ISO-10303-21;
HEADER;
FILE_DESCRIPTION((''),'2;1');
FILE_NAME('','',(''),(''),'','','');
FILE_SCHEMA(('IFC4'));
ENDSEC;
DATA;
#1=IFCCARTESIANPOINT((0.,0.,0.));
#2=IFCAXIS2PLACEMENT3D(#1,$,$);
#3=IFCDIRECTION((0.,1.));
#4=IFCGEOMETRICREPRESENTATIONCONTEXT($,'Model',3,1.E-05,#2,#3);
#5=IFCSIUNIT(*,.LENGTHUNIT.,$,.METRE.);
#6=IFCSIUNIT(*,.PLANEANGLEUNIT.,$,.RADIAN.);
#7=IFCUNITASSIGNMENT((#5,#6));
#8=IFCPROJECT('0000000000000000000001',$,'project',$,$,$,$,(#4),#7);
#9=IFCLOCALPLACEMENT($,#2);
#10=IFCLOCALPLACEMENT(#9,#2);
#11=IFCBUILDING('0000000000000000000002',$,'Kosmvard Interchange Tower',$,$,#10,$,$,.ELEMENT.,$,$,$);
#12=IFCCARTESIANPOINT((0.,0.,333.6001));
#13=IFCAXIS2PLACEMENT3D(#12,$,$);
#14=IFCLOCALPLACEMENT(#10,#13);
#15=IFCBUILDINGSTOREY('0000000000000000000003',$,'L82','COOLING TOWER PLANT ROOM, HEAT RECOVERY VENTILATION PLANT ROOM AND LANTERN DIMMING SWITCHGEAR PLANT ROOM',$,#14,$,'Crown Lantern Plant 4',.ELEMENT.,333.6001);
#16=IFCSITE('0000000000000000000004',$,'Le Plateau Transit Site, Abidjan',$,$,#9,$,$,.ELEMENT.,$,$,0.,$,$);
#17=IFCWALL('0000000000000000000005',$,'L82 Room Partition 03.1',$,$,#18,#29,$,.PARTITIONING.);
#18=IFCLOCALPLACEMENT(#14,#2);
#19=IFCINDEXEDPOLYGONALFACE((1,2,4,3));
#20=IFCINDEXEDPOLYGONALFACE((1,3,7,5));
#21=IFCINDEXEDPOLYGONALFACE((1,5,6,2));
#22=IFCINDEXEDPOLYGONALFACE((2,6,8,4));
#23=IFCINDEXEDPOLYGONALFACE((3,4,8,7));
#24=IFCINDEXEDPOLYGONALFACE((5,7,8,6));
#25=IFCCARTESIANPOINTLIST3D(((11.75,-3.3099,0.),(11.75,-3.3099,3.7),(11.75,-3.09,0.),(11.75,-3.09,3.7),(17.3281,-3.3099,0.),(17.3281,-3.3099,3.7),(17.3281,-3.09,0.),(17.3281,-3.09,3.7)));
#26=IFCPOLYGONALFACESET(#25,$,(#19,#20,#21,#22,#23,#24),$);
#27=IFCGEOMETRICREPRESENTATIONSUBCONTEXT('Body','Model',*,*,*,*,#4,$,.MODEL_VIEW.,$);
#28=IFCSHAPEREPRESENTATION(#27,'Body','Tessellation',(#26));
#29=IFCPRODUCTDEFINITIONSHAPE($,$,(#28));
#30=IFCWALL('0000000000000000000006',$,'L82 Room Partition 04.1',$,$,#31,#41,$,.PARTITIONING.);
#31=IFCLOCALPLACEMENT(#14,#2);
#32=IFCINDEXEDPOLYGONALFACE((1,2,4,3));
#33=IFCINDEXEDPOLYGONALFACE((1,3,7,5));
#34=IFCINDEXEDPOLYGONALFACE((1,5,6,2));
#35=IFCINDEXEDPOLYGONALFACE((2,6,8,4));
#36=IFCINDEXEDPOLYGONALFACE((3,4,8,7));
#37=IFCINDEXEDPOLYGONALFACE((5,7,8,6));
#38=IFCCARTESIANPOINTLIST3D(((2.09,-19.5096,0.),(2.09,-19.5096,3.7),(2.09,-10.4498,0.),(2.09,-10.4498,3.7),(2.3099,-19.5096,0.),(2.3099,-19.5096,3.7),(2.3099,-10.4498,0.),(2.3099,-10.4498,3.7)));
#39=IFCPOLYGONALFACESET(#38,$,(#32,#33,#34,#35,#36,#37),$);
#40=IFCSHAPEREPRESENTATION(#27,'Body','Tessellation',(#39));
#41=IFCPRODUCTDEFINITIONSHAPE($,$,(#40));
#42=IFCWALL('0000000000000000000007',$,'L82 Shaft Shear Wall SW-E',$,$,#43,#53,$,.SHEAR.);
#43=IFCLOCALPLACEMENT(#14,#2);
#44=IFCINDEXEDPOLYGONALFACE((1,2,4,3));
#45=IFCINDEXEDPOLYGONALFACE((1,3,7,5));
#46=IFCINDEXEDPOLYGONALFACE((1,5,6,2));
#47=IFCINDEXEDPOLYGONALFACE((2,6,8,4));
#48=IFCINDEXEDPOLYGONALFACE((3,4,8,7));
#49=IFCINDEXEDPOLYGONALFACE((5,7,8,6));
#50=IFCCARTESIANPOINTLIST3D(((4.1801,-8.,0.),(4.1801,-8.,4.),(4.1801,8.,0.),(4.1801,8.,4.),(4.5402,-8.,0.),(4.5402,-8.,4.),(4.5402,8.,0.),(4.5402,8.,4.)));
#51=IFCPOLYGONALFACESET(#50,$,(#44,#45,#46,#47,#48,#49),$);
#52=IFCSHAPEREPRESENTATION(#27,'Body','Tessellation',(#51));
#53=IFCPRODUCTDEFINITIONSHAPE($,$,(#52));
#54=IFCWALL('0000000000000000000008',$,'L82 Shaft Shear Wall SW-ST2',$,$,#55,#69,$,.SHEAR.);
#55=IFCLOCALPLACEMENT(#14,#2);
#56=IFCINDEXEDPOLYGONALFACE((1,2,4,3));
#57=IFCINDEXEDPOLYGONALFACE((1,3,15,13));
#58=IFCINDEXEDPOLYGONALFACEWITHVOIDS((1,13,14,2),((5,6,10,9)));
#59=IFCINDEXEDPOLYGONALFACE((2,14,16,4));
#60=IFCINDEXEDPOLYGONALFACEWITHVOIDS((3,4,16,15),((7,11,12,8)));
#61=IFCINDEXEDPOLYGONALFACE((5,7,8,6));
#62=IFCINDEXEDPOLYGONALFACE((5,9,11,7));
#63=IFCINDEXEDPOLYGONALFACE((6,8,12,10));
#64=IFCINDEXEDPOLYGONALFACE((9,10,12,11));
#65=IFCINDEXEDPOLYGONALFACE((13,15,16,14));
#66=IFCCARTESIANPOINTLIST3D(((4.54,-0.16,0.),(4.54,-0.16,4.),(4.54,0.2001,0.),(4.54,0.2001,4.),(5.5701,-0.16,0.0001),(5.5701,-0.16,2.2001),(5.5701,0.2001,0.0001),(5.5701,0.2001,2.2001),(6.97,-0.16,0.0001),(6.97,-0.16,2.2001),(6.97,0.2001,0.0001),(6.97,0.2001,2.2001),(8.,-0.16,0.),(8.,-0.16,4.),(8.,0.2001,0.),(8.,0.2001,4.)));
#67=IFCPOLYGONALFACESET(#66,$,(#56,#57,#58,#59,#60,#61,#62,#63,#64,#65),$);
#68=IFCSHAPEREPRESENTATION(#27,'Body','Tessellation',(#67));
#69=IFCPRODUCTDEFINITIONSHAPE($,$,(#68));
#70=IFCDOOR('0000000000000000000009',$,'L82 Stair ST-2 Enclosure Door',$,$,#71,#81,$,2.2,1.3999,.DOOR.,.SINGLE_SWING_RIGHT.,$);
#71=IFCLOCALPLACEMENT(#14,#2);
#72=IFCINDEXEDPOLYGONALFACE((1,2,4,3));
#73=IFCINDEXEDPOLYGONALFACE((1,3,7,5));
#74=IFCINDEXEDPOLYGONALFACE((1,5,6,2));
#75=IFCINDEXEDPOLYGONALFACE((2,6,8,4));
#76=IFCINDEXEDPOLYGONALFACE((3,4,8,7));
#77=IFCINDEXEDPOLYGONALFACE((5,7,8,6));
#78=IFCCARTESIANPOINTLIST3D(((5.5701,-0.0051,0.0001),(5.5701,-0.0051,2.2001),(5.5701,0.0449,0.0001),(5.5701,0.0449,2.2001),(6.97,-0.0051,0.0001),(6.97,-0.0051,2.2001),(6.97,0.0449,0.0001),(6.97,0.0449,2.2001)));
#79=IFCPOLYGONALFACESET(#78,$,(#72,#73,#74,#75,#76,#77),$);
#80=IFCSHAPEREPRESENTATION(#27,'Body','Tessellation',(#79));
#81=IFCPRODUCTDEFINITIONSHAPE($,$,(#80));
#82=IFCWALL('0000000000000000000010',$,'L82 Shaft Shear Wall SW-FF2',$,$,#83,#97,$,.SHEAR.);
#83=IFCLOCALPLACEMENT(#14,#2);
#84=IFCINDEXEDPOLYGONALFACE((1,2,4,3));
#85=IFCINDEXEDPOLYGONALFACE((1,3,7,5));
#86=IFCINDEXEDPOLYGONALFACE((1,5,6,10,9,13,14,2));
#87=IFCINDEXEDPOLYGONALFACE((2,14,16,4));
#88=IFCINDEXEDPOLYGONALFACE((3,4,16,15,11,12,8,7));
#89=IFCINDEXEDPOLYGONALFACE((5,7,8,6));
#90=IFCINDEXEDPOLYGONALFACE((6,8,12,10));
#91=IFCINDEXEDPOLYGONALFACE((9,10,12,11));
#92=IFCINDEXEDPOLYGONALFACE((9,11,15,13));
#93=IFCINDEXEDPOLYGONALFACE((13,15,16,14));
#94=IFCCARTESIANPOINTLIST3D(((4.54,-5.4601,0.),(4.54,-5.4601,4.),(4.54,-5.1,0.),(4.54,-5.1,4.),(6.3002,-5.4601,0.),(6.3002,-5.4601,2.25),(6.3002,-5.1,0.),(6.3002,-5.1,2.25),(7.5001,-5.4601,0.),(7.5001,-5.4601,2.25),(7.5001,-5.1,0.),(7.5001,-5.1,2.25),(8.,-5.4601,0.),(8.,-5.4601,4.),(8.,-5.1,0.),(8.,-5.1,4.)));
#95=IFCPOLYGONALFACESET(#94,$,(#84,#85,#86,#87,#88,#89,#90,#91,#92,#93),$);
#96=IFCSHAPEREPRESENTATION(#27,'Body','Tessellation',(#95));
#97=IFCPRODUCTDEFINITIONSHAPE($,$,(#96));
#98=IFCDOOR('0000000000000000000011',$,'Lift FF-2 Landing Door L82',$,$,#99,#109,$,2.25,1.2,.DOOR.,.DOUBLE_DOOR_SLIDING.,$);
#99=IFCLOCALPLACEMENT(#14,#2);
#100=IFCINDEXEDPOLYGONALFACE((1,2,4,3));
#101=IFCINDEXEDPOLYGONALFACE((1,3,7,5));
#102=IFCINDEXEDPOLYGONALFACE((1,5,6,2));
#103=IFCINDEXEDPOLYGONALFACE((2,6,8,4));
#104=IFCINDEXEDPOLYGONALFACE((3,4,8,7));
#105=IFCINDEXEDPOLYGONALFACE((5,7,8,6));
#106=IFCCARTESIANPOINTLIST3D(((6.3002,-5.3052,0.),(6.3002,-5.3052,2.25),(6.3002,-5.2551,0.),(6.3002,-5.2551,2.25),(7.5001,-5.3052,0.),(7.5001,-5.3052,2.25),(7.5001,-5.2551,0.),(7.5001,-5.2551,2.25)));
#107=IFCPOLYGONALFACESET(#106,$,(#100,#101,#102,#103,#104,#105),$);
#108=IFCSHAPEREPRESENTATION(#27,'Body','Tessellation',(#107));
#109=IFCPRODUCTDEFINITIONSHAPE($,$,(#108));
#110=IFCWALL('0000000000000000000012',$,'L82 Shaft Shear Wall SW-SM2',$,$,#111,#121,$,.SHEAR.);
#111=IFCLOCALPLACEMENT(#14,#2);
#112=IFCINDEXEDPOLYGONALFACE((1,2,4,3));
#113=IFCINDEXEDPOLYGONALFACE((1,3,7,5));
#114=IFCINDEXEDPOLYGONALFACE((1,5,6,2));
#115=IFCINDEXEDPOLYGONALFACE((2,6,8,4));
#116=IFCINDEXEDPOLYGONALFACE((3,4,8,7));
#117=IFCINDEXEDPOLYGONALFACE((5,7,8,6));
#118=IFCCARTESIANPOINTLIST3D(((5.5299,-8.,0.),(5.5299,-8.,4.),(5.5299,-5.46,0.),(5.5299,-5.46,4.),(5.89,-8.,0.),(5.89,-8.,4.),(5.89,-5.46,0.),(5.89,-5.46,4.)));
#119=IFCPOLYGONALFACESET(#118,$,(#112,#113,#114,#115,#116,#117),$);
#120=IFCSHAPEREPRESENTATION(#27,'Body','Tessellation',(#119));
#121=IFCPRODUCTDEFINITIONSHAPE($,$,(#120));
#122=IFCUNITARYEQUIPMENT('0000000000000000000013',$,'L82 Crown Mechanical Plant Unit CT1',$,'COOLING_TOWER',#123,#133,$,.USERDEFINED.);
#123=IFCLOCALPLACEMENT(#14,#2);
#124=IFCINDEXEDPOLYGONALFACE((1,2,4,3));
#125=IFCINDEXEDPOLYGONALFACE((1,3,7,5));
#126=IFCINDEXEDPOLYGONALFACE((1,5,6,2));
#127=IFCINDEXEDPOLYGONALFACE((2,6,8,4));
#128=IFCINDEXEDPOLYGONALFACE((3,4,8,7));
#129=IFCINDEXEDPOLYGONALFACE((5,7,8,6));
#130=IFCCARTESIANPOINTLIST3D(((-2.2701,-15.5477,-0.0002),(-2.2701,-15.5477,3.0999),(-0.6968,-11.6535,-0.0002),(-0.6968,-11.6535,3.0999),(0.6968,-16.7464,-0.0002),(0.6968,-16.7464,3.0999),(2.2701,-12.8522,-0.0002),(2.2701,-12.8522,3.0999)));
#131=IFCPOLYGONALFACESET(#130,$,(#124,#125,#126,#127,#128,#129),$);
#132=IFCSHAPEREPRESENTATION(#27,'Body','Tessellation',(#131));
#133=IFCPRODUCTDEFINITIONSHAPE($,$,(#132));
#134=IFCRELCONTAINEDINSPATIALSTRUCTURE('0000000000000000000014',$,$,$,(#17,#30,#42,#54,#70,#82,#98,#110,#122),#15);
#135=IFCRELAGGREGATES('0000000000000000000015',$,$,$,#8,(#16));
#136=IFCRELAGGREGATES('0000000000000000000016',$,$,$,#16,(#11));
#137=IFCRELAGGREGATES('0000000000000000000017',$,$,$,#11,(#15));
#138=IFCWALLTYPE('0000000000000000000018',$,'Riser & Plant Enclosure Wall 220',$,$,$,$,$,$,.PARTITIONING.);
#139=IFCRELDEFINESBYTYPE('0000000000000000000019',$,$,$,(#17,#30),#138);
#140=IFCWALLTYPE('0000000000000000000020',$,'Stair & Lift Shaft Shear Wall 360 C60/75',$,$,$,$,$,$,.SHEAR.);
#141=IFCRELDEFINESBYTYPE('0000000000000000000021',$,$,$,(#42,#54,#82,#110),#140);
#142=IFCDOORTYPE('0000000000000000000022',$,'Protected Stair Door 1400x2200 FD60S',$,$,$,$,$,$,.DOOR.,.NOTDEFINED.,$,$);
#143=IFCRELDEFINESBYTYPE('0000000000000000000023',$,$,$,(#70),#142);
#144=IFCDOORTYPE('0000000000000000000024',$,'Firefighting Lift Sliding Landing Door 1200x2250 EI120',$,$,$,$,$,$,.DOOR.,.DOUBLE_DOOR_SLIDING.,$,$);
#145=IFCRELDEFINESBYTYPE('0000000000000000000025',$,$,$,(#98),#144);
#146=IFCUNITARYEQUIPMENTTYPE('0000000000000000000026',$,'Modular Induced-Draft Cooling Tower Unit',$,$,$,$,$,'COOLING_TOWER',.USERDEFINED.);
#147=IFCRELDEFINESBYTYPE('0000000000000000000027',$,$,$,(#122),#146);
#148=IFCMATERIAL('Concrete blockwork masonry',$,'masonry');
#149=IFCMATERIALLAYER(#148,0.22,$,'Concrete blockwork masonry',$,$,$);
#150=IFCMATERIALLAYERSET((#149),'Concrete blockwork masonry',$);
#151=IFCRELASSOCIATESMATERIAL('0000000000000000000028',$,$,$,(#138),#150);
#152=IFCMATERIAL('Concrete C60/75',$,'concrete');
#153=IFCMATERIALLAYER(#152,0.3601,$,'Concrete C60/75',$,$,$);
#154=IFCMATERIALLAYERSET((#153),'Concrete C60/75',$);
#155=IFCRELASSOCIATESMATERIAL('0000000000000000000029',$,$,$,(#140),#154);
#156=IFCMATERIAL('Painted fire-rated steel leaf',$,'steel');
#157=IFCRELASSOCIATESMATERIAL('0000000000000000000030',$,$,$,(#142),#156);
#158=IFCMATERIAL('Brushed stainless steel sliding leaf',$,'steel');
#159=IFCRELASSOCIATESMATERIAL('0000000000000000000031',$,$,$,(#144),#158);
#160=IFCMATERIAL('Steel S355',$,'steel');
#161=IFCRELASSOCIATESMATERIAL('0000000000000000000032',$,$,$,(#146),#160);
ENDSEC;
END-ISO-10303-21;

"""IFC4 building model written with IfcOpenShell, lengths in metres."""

from ifc_helpers import new_model, si_unit, direction, frame, frame_2d, origin, origin_2d, place, context, subcontext, project, spatial, rectangle, extrude, source, transform, mapped, material, layer, layer_set, type_object, element, fill, save


model = new_model("IFC4")

# Units and contexts
model_context = context("Model", 3, precision=1e-05, world=origin(), true_north=direction((0.0, 1.0)))
body_context = subcontext(model_context, "Body", "Model", "MODEL_VIEW")
ifc_project = project(units=[si_unit("LENGTHUNIT", "METRE"), si_unit("PLANEANGLEUNIT", "RADIAN")], contexts=[model_context])

# Site, building, storey
site_placement = place(None, origin())
site = spatial("IfcSite", under=ifc_project, at=site_placement, Name="Le Plateau Transit Site, Abidjan", CompositionType="ELEMENT", RefElevation=0.0)
building_placement = place(site_placement, origin())
building = spatial("IfcBuilding", under=site, at=building_placement, Name="Kosmvard Interchange Tower", CompositionType="ELEMENT")
storey_placement = place(building_placement, frame((0.0, 0.0, 333.6001)))
storey = spatial("IfcBuildingStorey", under=building, at=storey_placement, Name="L82", Description="COOLING TOWER PLANT ROOM, HEAT RECOVERY VENTILATION PLANT ROOM AND LANTERN DIMMING SWITCHGEAR PLANT ROOM", LongName="Crown Lantern Plant 4", CompositionType="ELEMENT", Elevation=333.6001)

# Shared definitions
ifc_material_1 = material(Name="Steel S355", Category="steel")

# Shared definitions
ifc_material_2 = material(Name="Painted fire-rated steel leaf", Category="steel")

# Shared definitions
ifc_material_3 = material(Name="Concrete blockwork masonry", Category="masonry")

# Walls
ifc_layer_1 = layer(ifc_material_3, 0.22, Name="Concrete blockwork masonry")
ifc_layer_set_1 = layer_set([ifc_layer_1], Name="Concrete blockwork masonry")
wall_type_1 = type_object("IfcWallType", Name="Riser & Plant Enclosure Wall 220", PredefinedType="PARTITIONING", material=ifc_layer_set_1)
wall_1_placement = place(storey_placement, frame((11.75, -3.2, 0.0), z_axis=(0.0, 0.0, 1.0), x_axis=(1.0, 0.0, 0.0)))
element("IfcWall", 1, at=wall_1_placement, inside=storey, type_object=wall_type_1, Name="L82 Room Partition 03.1", PredefinedType="PARTITIONING", context=body_context, shape_type="SweptSolid", body=[
    extrude(rectangle(XDim=5.5781, YDim=0.22, at=frame_2d((2.7891, 0.0))), origin(), (0.0, 0.0, 1.0), 3.7),
])
wall_2_placement = place(storey_placement, frame((2.2, -10.45, 0.0), z_axis=(0.0, 0.0, 1.0), x_axis=(0.0, -1.0, 0.0)))
element("IfcWall", 2, at=wall_2_placement, inside=storey, type_object=wall_type_1, Name="L82 Room Partition 04.1", PredefinedType="PARTITIONING", context=body_context, shape_type="SweptSolid", body=[
    extrude(rectangle(XDim=9.0598, YDim=0.22, at=frame_2d((4.5298, 0.0))), origin(), (0.0, 0.0, 1.0), 3.7),
])
ifc_material_4 = material(Name="Concrete C60/75", Category="concrete")
ifc_layer_2 = layer(ifc_material_4, 0.3601, Name="Concrete C60/75")
ifc_layer_set_2 = layer_set([ifc_layer_2], Name="Concrete C60/75")
wall_type_2 = type_object("IfcWallType", Name="Stair & Lift Shaft Shear Wall 360 C60/75", PredefinedType="SHEAR", material=ifc_layer_set_2)
wall_3_placement = place(storey_placement, frame((4.3601, -8.0, 0.0), z_axis=(0.0, 0.0, 1.0), x_axis=(0.0, 1.0, 0.0)))
element("IfcWall", 3, at=wall_3_placement, inside=storey, type_object=wall_type_2, Name="L82 Shaft Shear Wall SW-E", PredefinedType="SHEAR", context=body_context, shape_type="SweptSolid", body=[
    extrude(rectangle(XDim=16.0, YDim=0.3601, at=frame_2d((8.0, 0.0))), origin(), (0.0, 0.0, 1.0), 4.0),
])

# Walls, openings, doors
wall_4_placement = place(storey_placement, frame((4.54, 0.02, 0.0), z_axis=(0.0, 0.0, 1.0), x_axis=(1.0, 0.0, 0.0)))
wall_4 = element("IfcWall", 4, at=wall_4_placement, inside=storey, type_object=wall_type_2, Name="L82 Shaft Shear Wall SW-ST2", PredefinedType="SHEAR", context=body_context, shape_type="SweptSolid", body=[
    extrude(rectangle(XDim=3.46, YDim=0.3601, at=frame_2d((1.73, 0.0))), origin(), (0.0, 0.0, 1.0), 4.0),
])
opening_1_placement = place(wall_4_placement, frame((1.03, 0.0, 0.0)))
opening_1 = element("IfcOpeningElement", 5, at=opening_1_placement, cuts=wall_4, PredefinedType="OPENING", context=body_context, shape_type="SweptSolid", body=[
    extrude(rectangle(XDim=1.3999, YDim=2.2, at=frame_2d((0.7, 1.1001))), frame((0.0, 0.1899, 0.0), z_axis=(0.0, -1.0, 0.0), x_axis=(1.0, 0.0, 0.0)), (0.0, 0.0, 1.0), 0.3801),
])
door_type_1 = type_object("IfcDoorType", Name="Protected Stair Door 1400x2200 FD60S", OperationType="NOTDEFINED", PredefinedType="DOOR", material=ifc_material_2)
shared_shape_1 = source(origin(), body_context, "Body", "SweptSolid", [
    extrude(rectangle(XDim=1.3999, YDim=2.2, at=frame_2d((0.7, 1.1001))), frame((0.0, 0.0249, 0.0), z_axis=(0.0, -1.0, 0.0), x_axis=(1.0, 0.0, 0.0)), (0.0, 0.0, 1.0), 0.05),
])
door_1_placement = place(opening_1_placement, origin())
door_1 = element("IfcDoor", 6, at=door_1_placement, inside=storey, type_object=door_type_1, Name="L82 Stair ST-2 Enclosure Door", OperationType="SINGLE_SWING_RIGHT", OverallHeight=2.2, OverallWidth=1.3999, PredefinedType="DOOR", context=body_context, shape_type="MappedRepresentation", body=[
    mapped(shared_shape_1, transform((0.0, 0.0, 0.0), scale=1.0)),
])
fill(opening_1, door_1)
wall_5_placement = place(storey_placement, frame((4.54, -5.28, 0.0), z_axis=(0.0, 0.0, 1.0), x_axis=(1.0, 0.0, 0.0)))
wall_5 = element("IfcWall", 7, at=wall_5_placement, inside=storey, type_object=wall_type_2, Name="L82 Shaft Shear Wall SW-FF2", PredefinedType="SHEAR", context=body_context, shape_type="SweptSolid", body=[
    extrude(rectangle(XDim=3.46, YDim=0.3601, at=frame_2d((1.73, 0.0))), origin(), (0.0, 0.0, 1.0), 4.0),
])
opening_2_placement = place(wall_5_placement, frame((1.76, 0.0, 0.0)))
opening_2 = element("IfcOpeningElement", 8, at=opening_2_placement, cuts=wall_5, PredefinedType="OPENING", context=body_context, shape_type="SweptSolid", body=[
    extrude(rectangle(XDim=1.2, YDim=2.25, at=frame_2d((0.6001, 1.125))), frame((0.0, 0.1899, 0.0), z_axis=(0.0, -1.0, 0.0), x_axis=(1.0, 0.0, 0.0)), (0.0, 0.0, 1.0), 0.3801),
])
ifc_material_5 = material(Name="Brushed stainless steel sliding leaf", Category="steel")
door_type_2 = type_object("IfcDoorType", Name="Firefighting Lift Sliding Landing Door 1200x2250 EI120", OperationType="DOUBLE_DOOR_SLIDING", PredefinedType="DOOR", material=ifc_material_5)
shared_shape_2 = source(origin(), body_context, "Body", "SweptSolid", [
    extrude(rectangle(XDim=1.2, YDim=2.25, at=frame_2d((0.6001, 1.125))), frame((0.0, 0.0249, 0.0), z_axis=(0.0, -1.0, 0.0), x_axis=(1.0, 0.0, 0.0)), (0.0, 0.0, 1.0), 0.05),
])
door_2_placement = place(opening_2_placement, origin())
door_2 = element("IfcDoor", 9, at=door_2_placement, inside=storey, type_object=door_type_2, Name="Lift FF-2 Landing Door L82", OperationType="DOUBLE_DOOR_SLIDING", OverallHeight=2.25, OverallWidth=1.2, PredefinedType="DOOR", context=body_context, shape_type="MappedRepresentation", body=[
    mapped(shared_shape_2, transform((0.0, 0.0, 0.0), scale=1.0)),
])
fill(opening_2, door_2)

# Wall
wall_6_placement = place(storey_placement, frame((5.71, -8.0, 0.0), z_axis=(0.0, 0.0, 1.0), x_axis=(0.0, 1.0, 0.0)))
element("IfcWall", 10, at=wall_6_placement, inside=storey, type_object=wall_type_2, Name="L82 Shaft Shear Wall SW-SM2", PredefinedType="SHEAR", context=body_context, shape_type="SweptSolid", body=[
    extrude(rectangle(XDim=2.54, YDim=0.3601, at=frame_2d((1.27, 0.0))), origin(), (0.0, 0.0, 1.0), 4.0),
])

# Unitary equipment
unitary_equipment_type = type_object("IfcUnitaryEquipmentType", Name="Modular Induced-Draft Cooling Tower Unit", ElementType="COOLING_TOWER", PredefinedType="USERDEFINED", material=ifc_material_1)
shared_shape_3 = source(origin(), body_context, "Body", "SweptSolid", [
    extrude(rectangle(XDim=4.2, YDim=3.2, at=origin_2d()), origin(), (0.0, 0.0, 1.0), 3.1001),
])
unitary_equipment_placement = place(storey_placement, frame((0.0, -14.2, -0.0002), z_axis=(0.0, 0.0, 1.0), x_axis=(0.374607, 0.927184, 0.0)))
element("IfcUnitaryEquipment", 11, at=unitary_equipment_placement, inside=storey, type_object=unitary_equipment_type, Name="L82 Crown Mechanical Plant Unit CT1", ObjectType="COOLING_TOWER", PredefinedType="USERDEFINED", context=body_context, shape_type="MappedRepresentation", body=[
    mapped(shared_shape_3, transform((0.0, 0.0, 0.0), scale=1.0)),
])

save(model, "model.ifc")
